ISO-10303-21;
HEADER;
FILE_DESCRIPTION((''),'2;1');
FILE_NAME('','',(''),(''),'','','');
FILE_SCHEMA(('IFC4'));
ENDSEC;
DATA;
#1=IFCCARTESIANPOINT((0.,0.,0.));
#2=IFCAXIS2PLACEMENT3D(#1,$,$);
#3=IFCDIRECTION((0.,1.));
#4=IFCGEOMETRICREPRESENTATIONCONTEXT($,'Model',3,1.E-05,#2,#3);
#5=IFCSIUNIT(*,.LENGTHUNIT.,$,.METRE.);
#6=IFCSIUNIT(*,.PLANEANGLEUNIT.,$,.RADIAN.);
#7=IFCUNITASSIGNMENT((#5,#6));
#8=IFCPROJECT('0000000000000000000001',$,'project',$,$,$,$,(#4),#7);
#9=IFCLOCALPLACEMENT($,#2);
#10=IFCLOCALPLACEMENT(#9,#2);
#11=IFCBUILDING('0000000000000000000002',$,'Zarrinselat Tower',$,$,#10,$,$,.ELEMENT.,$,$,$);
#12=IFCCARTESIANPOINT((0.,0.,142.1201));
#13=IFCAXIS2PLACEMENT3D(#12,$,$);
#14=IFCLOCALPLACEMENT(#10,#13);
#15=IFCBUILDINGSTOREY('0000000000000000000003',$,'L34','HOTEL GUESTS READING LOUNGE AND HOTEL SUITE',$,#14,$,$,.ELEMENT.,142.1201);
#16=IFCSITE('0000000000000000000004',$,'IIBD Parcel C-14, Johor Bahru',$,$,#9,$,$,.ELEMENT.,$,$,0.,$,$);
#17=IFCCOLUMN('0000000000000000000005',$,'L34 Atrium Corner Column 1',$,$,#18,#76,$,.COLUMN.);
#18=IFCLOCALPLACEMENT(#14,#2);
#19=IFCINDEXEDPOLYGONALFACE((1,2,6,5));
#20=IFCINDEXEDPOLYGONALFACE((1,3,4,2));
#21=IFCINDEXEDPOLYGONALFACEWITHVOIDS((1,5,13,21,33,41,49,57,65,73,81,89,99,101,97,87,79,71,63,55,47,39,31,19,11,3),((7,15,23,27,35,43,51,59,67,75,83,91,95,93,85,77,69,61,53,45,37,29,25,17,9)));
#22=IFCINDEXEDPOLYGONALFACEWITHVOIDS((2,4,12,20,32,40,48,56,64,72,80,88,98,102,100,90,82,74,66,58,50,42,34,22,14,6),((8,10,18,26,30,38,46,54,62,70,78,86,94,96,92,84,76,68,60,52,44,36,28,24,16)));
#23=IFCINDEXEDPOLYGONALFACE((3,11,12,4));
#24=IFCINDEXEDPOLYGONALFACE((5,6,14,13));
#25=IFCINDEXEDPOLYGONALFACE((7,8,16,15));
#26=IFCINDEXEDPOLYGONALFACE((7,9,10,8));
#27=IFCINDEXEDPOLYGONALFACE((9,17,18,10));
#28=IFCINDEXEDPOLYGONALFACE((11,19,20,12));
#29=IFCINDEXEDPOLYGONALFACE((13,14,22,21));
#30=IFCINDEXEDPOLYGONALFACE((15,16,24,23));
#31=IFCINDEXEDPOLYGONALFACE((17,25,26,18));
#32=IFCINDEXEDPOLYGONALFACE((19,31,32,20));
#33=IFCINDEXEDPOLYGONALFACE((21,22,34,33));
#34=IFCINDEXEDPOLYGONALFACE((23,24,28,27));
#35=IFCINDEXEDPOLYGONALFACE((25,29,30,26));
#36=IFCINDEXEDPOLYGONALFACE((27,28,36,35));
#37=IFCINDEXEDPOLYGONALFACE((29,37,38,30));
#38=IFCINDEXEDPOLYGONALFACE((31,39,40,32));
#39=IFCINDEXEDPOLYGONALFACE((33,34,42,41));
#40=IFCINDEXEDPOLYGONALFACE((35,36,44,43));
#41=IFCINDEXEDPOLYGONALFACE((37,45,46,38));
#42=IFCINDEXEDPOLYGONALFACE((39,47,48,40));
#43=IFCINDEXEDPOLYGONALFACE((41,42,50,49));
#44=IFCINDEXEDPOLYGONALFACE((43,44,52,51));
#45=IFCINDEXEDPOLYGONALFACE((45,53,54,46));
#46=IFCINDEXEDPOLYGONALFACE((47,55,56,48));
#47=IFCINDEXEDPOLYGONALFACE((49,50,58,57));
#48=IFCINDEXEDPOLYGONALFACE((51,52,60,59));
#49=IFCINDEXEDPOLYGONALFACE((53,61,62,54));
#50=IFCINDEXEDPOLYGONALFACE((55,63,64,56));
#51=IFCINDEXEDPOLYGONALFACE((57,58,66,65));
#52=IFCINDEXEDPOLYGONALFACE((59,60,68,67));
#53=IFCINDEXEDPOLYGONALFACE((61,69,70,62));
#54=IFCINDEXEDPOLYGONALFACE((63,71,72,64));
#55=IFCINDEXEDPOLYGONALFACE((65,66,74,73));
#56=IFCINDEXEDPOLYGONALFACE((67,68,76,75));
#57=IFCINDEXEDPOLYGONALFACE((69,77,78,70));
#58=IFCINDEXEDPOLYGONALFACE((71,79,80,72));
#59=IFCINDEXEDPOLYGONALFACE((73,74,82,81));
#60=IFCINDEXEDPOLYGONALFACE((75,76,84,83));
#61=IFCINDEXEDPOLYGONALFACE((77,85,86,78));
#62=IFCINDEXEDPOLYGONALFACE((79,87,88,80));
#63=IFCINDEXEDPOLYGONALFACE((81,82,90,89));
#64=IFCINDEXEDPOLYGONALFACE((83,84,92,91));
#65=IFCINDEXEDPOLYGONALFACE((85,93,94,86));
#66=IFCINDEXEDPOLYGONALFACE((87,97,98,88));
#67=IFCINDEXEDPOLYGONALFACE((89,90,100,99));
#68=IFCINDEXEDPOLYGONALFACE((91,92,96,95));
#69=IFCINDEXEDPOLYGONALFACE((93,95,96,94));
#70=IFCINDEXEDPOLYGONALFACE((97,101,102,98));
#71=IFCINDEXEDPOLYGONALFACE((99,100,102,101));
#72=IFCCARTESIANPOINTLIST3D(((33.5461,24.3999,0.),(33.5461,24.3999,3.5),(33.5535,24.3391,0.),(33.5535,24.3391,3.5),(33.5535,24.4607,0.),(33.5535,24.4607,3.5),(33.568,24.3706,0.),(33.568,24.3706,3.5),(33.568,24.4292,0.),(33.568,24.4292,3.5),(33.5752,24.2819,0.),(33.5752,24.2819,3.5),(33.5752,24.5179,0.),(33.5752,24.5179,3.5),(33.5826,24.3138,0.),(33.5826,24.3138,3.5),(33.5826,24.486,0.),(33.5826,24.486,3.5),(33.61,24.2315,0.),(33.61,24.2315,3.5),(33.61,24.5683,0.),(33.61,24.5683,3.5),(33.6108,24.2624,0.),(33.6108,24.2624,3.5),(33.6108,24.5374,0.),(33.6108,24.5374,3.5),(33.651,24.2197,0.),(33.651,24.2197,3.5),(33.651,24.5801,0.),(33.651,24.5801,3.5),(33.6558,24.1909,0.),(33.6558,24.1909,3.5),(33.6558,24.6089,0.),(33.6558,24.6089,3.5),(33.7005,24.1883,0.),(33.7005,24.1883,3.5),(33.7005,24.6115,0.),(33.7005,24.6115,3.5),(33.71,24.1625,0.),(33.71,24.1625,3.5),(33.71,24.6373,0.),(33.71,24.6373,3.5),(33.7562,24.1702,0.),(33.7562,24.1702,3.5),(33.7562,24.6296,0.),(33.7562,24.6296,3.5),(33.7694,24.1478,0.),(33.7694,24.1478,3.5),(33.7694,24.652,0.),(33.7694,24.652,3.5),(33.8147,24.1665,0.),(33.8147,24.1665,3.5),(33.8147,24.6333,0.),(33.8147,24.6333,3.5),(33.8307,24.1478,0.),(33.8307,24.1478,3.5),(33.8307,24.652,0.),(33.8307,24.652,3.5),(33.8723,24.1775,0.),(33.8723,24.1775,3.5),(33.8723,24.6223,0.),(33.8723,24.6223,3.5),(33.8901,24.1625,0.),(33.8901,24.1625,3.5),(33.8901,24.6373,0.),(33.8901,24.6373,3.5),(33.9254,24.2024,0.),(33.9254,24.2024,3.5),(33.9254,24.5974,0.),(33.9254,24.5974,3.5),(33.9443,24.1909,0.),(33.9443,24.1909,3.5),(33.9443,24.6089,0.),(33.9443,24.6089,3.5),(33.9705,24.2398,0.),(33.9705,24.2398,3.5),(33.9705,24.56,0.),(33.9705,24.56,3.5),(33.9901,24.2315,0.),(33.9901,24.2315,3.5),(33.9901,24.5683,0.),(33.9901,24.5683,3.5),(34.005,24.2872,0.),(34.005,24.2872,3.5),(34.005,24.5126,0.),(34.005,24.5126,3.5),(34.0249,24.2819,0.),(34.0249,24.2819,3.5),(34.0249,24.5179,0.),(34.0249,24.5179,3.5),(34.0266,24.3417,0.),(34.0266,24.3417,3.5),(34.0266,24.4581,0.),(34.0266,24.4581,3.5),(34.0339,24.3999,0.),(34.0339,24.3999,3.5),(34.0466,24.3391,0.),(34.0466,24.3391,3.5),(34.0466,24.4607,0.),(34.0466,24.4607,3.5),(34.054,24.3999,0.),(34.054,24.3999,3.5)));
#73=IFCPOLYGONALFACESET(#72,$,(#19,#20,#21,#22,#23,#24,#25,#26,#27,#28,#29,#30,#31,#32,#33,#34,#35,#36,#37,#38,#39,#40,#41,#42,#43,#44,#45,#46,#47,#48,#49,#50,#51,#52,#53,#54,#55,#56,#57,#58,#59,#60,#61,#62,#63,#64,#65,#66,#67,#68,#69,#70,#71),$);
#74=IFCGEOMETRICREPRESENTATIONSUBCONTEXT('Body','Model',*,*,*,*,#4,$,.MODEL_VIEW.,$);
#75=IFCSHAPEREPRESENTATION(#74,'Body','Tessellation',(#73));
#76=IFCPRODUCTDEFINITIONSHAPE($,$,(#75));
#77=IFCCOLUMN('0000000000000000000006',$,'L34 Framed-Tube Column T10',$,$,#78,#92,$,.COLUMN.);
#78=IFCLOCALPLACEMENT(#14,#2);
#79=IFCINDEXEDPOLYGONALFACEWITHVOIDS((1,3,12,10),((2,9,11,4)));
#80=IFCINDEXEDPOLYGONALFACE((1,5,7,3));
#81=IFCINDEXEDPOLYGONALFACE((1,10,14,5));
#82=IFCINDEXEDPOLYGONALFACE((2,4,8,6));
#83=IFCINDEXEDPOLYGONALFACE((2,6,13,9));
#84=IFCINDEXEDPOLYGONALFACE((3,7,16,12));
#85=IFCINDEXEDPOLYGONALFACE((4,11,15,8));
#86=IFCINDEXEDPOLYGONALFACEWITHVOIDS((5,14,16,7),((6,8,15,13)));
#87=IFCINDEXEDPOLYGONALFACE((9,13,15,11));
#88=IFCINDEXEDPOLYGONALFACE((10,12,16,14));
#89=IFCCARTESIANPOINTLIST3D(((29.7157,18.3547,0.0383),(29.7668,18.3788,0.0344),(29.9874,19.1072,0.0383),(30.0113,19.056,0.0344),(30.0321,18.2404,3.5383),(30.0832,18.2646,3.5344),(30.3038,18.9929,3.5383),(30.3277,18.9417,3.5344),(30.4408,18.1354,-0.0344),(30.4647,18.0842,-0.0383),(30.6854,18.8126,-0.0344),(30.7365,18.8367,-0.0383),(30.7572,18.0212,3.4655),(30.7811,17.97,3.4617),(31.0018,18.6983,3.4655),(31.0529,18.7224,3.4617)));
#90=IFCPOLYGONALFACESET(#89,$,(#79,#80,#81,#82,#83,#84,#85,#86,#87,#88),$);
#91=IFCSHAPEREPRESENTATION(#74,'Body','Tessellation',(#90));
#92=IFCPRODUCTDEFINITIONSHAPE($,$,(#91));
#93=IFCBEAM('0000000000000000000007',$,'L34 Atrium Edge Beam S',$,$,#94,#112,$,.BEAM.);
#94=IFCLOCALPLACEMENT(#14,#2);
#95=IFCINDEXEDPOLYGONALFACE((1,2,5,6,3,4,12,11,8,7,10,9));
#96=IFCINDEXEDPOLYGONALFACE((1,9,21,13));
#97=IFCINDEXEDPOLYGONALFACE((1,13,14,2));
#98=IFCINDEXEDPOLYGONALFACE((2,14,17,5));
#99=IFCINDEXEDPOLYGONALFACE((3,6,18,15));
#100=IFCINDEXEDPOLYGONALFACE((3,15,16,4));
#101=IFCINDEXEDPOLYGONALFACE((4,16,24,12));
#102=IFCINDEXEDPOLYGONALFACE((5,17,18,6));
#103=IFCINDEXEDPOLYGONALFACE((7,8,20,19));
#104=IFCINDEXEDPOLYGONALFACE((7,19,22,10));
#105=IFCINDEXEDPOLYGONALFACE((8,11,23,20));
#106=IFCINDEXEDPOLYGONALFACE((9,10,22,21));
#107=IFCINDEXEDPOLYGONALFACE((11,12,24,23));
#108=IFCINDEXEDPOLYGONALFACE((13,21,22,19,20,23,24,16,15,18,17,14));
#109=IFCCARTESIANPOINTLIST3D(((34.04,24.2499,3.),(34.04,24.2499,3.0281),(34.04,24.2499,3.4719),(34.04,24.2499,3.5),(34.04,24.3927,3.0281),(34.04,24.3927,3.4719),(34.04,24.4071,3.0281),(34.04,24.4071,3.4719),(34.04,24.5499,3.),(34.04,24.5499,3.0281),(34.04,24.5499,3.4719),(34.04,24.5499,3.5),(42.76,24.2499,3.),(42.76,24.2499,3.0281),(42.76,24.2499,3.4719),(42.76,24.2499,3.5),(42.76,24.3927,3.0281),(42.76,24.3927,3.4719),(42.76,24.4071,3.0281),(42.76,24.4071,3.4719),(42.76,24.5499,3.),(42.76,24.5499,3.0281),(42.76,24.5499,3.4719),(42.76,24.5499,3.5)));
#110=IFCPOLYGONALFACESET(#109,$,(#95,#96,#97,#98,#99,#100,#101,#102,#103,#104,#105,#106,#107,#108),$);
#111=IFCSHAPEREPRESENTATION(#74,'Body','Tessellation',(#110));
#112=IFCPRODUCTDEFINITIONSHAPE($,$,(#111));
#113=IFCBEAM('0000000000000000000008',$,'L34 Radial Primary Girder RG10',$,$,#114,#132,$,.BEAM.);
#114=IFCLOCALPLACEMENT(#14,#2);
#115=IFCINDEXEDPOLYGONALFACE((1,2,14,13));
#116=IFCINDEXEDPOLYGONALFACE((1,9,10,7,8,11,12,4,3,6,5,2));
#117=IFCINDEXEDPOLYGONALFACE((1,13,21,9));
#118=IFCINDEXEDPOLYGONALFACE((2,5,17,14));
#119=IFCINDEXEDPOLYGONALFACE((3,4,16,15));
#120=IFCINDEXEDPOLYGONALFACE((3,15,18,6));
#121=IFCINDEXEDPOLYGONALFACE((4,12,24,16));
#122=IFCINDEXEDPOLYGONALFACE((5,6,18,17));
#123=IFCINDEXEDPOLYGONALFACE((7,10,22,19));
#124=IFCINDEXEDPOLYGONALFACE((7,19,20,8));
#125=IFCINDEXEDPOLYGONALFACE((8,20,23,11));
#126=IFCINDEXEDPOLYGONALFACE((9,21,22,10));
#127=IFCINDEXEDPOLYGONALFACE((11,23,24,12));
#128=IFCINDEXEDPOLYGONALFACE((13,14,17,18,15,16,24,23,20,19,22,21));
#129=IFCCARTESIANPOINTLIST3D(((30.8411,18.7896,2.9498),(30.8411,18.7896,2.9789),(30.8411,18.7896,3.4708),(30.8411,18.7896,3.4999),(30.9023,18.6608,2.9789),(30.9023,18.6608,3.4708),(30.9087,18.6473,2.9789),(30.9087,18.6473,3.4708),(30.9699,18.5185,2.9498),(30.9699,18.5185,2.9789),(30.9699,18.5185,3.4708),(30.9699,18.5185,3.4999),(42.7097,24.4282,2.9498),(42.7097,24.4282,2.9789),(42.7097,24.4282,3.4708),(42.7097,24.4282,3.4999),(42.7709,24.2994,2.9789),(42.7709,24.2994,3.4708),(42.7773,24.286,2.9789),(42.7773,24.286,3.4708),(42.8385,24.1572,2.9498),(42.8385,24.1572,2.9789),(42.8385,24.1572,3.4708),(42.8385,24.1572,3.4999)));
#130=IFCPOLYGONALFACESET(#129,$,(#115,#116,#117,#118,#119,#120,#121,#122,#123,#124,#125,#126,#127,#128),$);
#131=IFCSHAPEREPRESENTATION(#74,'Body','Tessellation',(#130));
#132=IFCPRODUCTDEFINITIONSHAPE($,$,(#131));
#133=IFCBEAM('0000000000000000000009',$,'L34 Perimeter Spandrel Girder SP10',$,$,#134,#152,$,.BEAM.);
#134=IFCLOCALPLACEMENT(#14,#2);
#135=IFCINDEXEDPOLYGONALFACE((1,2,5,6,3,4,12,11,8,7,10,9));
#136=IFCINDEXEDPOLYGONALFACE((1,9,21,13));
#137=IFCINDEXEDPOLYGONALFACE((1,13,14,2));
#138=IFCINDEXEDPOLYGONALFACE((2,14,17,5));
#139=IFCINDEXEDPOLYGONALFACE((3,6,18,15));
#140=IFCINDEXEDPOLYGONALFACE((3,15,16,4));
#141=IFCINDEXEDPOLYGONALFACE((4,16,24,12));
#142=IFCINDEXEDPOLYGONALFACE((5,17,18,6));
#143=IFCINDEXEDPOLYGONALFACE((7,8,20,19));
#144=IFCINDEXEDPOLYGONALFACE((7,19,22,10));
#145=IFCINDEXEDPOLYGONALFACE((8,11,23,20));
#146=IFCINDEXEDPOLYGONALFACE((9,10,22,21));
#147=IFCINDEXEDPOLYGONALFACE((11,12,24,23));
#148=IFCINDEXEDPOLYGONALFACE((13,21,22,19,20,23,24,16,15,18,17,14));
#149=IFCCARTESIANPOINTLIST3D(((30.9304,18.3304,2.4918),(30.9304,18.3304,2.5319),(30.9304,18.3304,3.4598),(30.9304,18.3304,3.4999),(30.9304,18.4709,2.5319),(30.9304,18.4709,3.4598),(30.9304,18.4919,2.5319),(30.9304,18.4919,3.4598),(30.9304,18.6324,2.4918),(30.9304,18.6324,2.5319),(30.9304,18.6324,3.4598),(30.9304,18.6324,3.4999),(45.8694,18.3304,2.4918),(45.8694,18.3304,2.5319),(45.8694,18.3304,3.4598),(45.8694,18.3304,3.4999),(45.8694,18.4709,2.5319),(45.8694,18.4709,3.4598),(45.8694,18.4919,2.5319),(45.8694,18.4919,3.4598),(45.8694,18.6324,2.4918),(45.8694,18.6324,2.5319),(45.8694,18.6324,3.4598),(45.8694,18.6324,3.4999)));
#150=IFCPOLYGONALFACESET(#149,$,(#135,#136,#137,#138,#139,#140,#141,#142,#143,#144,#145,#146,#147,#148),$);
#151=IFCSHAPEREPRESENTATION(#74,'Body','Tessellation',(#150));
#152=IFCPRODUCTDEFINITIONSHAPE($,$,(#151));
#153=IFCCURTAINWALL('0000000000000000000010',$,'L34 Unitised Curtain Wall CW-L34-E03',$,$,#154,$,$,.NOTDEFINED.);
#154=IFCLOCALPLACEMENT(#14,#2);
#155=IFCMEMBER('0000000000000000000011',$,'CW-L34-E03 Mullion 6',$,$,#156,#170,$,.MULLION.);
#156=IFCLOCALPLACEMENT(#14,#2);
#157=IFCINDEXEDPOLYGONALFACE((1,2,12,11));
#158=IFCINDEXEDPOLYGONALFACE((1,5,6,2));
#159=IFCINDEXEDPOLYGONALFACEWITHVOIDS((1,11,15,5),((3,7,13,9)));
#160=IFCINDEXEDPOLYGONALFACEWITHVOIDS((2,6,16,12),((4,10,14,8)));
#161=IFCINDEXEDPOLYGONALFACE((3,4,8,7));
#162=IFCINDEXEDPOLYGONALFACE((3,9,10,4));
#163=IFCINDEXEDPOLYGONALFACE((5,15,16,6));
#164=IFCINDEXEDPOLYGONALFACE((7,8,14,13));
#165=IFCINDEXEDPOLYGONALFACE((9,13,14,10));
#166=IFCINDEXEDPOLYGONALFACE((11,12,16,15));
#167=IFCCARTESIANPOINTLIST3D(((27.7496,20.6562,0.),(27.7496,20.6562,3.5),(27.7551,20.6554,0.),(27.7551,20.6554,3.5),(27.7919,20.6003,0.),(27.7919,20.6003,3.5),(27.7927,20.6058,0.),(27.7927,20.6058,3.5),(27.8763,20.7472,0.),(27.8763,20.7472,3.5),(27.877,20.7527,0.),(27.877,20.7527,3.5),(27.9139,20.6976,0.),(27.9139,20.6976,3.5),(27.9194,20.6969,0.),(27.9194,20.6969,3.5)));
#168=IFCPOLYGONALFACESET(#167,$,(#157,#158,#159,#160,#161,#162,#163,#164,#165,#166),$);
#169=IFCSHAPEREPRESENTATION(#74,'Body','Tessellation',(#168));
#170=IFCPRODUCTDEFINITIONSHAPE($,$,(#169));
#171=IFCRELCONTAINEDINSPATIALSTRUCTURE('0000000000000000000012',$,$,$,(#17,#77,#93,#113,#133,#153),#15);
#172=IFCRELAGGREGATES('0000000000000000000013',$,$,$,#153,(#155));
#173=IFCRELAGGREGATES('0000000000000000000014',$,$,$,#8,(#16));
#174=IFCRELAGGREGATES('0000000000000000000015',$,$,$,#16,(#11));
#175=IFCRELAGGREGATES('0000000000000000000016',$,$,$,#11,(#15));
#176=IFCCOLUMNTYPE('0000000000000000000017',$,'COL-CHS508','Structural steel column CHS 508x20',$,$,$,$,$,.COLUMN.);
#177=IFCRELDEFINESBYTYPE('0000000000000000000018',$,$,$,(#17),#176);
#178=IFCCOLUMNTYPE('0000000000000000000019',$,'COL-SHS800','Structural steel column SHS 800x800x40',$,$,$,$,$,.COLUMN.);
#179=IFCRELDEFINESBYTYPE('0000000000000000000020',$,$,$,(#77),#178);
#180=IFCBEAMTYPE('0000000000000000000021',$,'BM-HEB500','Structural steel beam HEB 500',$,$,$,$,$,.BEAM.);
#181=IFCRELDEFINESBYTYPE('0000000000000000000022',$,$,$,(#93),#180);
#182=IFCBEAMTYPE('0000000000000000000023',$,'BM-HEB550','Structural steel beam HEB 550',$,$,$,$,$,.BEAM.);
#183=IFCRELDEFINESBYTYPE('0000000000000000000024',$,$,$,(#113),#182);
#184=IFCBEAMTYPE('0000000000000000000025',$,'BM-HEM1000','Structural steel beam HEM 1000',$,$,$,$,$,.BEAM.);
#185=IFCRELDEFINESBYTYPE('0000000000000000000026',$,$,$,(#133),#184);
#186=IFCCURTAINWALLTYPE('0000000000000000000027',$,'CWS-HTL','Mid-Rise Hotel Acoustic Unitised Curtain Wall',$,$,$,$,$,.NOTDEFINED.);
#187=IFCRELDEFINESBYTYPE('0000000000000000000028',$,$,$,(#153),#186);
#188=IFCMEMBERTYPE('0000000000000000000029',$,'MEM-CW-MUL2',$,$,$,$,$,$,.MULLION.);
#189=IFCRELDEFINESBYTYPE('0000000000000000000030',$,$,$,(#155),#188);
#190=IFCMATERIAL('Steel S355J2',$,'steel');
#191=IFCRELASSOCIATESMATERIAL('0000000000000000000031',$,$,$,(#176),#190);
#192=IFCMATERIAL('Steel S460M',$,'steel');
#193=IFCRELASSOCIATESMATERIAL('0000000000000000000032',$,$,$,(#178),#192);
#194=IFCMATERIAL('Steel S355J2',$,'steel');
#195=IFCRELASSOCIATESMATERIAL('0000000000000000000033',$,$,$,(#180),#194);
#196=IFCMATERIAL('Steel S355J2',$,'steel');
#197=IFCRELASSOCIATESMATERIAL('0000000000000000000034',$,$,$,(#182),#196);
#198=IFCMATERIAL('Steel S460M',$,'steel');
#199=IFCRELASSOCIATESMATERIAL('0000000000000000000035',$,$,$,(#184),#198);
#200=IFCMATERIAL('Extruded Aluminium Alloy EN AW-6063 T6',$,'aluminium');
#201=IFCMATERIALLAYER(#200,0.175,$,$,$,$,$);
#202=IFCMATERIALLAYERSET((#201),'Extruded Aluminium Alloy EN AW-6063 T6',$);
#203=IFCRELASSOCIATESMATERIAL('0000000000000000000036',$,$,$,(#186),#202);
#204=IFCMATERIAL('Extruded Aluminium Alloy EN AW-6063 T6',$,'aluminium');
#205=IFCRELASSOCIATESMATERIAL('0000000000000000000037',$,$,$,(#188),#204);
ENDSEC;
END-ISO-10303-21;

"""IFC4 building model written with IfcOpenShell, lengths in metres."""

from ifc_helpers import new_model, si_unit, direction, frame, origin, origin_2d, place, context, subcontext, project, spatial, hollow_rectangle, hollow_circle, i_section, extrude, material, layer, layer_set, material_profile, profile_set, type_object, element, aggregate, save


model = new_model("IFC4")

# Units and contexts
model_context = context("Model", 3, precision=1e-05, world=origin(), true_north=direction((0.0, 1.0)))
body_context = subcontext(model_context, "Body", "Model", "MODEL_VIEW")
ifc_project = project(units=[si_unit("LENGTHUNIT", "METRE"), si_unit("PLANEANGLEUNIT", "RADIAN")], contexts=[model_context])

# Site, building, storey
site_placement = place(None, origin())
site = spatial("IfcSite", under=ifc_project, at=site_placement, Name="IIBD Parcel C-14, Johor Bahru", CompositionType="ELEMENT", RefElevation=0.0)
building_placement = place(site_placement, origin())
building = spatial("IfcBuilding", under=site, at=building_placement, Name="Zarrinselat Tower", CompositionType="ELEMENT")
storey_placement = place(building_placement, frame((0.0, 0.0, 142.1201)))
storey = spatial("IfcBuildingStorey", under=building, at=storey_placement, Name="L34", Description="HOTEL GUESTS READING LOUNGE AND HOTEL SUITE", CompositionType="ELEMENT", Elevation=142.1201)

# Columns
ifc_material_1 = material(Name="Steel S355J2", Category="steel")
ifc_material_profile_1 = material_profile(ifc_material_1, hollow_circle(Radius=0.2539, WallThickness=0.02, at=origin_2d()), Name="CHS 508x20")
ifc_profile_set_1 = profile_set([ifc_material_profile_1], Name="Steel S355J2")
column_type_1 = type_object("IfcColumnType", Name="COL-CHS508", Description="Structural steel column CHS 508x20", PredefinedType="COLUMN", material=ifc_profile_set_1)
column_1_placement = place(storey_placement, frame((33.8, 24.3999, 0.0), z_axis=(0.0, 0.0, 1.0), x_axis=(1.0, 0.0, 0.0)))
element("IfcColumn", 1, at=column_1_placement, inside=storey, type_object=column_type_1, Name="L34 Atrium Corner Column 1", PredefinedType="COLUMN", context=body_context, shape_type="SweptSolid", body=[
    extrude(hollow_circle(Radius=0.2539, WallThickness=0.02, at=origin_2d()), origin(), (0.0, 0.0, 1.0), 3.5),
])
ifc_material_2 = material(Name="Steel S460M", Category="steel")
ifc_material_profile_2 = material_profile(ifc_material_2, hollow_rectangle(XDim=0.8, YDim=0.8, WallThickness=0.04, at=origin_2d()), Name="SHS 800x800x40")
ifc_profile_set_2 = profile_set([ifc_material_profile_2], Name="Steel S460M")
column_type_2 = type_object("IfcColumnType", Name="COL-SHS800", Description="Structural steel column SHS 800x800x40", PredefinedType="COLUMN", material=ifc_profile_set_2)
column_2_placement = place(storey_placement, frame((30.2261, 18.5957, 0.0), z_axis=(0.089987, -0.032495, 0.995413), x_axis=(0.339644, 0.940554, 0.0)))
element("IfcColumn", 2, at=column_2_placement, inside=storey, type_object=column_type_2, Name="L34 Framed-Tube Column T10", PredefinedType="COLUMN", context=body_context, shape_type="SweptSolid", body=[
    extrude(hollow_rectangle(XDim=0.8, YDim=0.8, WallThickness=0.04, at=origin_2d()), origin(), (0.0, 0.0, 1.0), 3.5161),
])

# Beams
ifc_material_3 = material(Name="Steel S355J2", Category="steel")
ifc_material_profile_3 = material_profile(ifc_material_3, i_section(OverallWidth=0.3, OverallDepth=0.5, WebThickness=0.0144, FlangeThickness=0.0281, at=origin_2d()), Name="HEB 500")
ifc_profile_set_3 = profile_set([ifc_material_profile_3], Name="Steel S355J2")
beam_type_1 = type_object("IfcBeamType", Name="BM-HEB500", Description="Structural steel beam HEB 500", PredefinedType="BEAM", material=ifc_profile_set_3)
beam_1_placement = place(storey_placement, frame((34.04, 24.3999, 3.25), z_axis=(1.0, 0.0, 0.0), x_axis=(0.0, 1.0, 0.0)))
element("IfcBeam", 3, at=beam_1_placement, inside=storey, type_object=beam_type_1, Name="L34 Atrium Edge Beam S", PredefinedType="BEAM", context=body_context, shape_type="SweptSolid", body=[
    extrude(i_section(OverallWidth=0.3, OverallDepth=0.5, WebThickness=0.0144, FlangeThickness=0.0281, at=origin_2d()), origin(), (0.0, 0.0, 1.0), 8.72),
])
ifc_material_4 = material(Name="Steel S355J2", Category="steel")
ifc_material_profile_4 = material_profile(ifc_material_4, i_section(OverallWidth=0.3, OverallDepth=0.55, WebThickness=0.0149, FlangeThickness=0.0291, at=origin_2d()), Name="HEB 550")
ifc_profile_set_4 = profile_set([ifc_material_profile_4], Name="Steel S355J2")
beam_type_2 = type_object("IfcBeamType", Name="BM-HEB550", Description="Structural steel beam HEB 550", PredefinedType="BEAM", material=ifc_profile_set_4)
beam_2_placement = place(storey_placement, frame((30.9055, 18.6541, 3.2249), z_axis=(0.903246, 0.429123, 0.0), x_axis=(-0.429123, 0.903246, 0.0)))
element("IfcBeam", 4, at=beam_2_placement, inside=storey, type_object=beam_type_2, Name="L34 Radial Primary Girder RG10", PredefinedType="BEAM", context=body_context, shape_type="SweptSolid", body=[
    extrude(i_section(OverallWidth=0.3, OverallDepth=0.55, WebThickness=0.0149, FlangeThickness=0.0291, at=origin_2d()), origin(), (0.0, 0.0, 1.0), 13.1399),
])
ifc_material_5 = material(Name="Steel S460M", Category="steel")
ifc_material_profile_5 = material_profile(ifc_material_5, i_section(OverallWidth=0.302, OverallDepth=1.0081, WebThickness=0.021, FlangeThickness=0.04, at=origin_2d()), Name="HEM 1000")
ifc_profile_set_5 = profile_set([ifc_material_profile_5], Name="Steel S460M")
beam_type_3 = type_object("IfcBeamType", Name="BM-HEM1000", Description="Structural steel beam HEM 1000", PredefinedType="BEAM", material=ifc_profile_set_5)
beam_3_placement = place(storey_placement, frame((30.9304, 18.4814, 2.9958), z_axis=(1.0, 0.0, 0.0), x_axis=(0.0, 1.0, 0.0)))
element("IfcBeam", 5, at=beam_3_placement, inside=storey, type_object=beam_type_3, Name="L34 Perimeter Spandrel Girder SP10", PredefinedType="BEAM", context=body_context, shape_type="SweptSolid", body=[
    extrude(i_section(OverallWidth=0.302, OverallDepth=1.0081, WebThickness=0.021, FlangeThickness=0.04, at=origin_2d()), origin(), (0.0, 0.0, 1.0), 14.939),
])

# Curtain wall, member
ifc_material_6 = material(Name="Extruded Aluminium Alloy EN AW-6063 T6", Category="aluminium")
ifc_layer_1 = layer(ifc_material_6, 0.175)
ifc_layer_set_1 = layer_set([ifc_layer_1], Name="Extruded Aluminium Alloy EN AW-6063 T6")
curtain_wall_type = type_object("IfcCurtainWallType", Name="CWS-HTL", Description="Mid-Rise Hotel Acoustic Unitised Curtain Wall", PredefinedType="NOTDEFINED", material=ifc_layer_set_1)
curtain_wall_1_placement = place(storey_placement, origin())
curtain_wall_1 = element("IfcCurtainWall", 6, at=curtain_wall_1_placement, inside=storey, type_object=curtain_wall_type, Name="L34 Unitised Curtain Wall CW-L34-E03", PredefinedType="NOTDEFINED")
ifc_material_7 = material(Name="Extruded Aluminium Alloy EN AW-6063 T6", Category="aluminium")
ifc_material_profile_6 = material_profile(ifc_material_7, hollow_rectangle(XDim=0.0701, YDim=0.1599, WallThickness=0.0039, at=origin_2d()), Name="RHS 160x70x4")
ifc_profile_set_6 = profile_set([ifc_material_profile_6], Name="Extruded Aluminium Alloy EN AW-6063 T6")
member_type_1 = type_object("IfcMemberType", Name="MEM-CW-MUL2", PredefinedType="MULLION", material=ifc_profile_set_6)
member_1_placement = place(storey_placement, frame((27.8345, 20.6765, 0.0), z_axis=(0.0, 0.0, 1.0), x_axis=(0.603856, -0.797094, 0.0)))
member_1 = element("IfcMember", 7, at=member_1_placement, type_object=member_type_1, Name="CW-L34-E03 Mullion 6", PredefinedType="MULLION", context=body_context, shape_type="SweptSolid", body=[
    extrude(hollow_rectangle(XDim=0.0701, YDim=0.1599, WallThickness=0.0039, at=origin_2d()), origin(), (0.0, 0.0, 1.0), 3.5),
])

aggregate(curtain_wall_1, [member_1])

save(model, "model.ifc")
